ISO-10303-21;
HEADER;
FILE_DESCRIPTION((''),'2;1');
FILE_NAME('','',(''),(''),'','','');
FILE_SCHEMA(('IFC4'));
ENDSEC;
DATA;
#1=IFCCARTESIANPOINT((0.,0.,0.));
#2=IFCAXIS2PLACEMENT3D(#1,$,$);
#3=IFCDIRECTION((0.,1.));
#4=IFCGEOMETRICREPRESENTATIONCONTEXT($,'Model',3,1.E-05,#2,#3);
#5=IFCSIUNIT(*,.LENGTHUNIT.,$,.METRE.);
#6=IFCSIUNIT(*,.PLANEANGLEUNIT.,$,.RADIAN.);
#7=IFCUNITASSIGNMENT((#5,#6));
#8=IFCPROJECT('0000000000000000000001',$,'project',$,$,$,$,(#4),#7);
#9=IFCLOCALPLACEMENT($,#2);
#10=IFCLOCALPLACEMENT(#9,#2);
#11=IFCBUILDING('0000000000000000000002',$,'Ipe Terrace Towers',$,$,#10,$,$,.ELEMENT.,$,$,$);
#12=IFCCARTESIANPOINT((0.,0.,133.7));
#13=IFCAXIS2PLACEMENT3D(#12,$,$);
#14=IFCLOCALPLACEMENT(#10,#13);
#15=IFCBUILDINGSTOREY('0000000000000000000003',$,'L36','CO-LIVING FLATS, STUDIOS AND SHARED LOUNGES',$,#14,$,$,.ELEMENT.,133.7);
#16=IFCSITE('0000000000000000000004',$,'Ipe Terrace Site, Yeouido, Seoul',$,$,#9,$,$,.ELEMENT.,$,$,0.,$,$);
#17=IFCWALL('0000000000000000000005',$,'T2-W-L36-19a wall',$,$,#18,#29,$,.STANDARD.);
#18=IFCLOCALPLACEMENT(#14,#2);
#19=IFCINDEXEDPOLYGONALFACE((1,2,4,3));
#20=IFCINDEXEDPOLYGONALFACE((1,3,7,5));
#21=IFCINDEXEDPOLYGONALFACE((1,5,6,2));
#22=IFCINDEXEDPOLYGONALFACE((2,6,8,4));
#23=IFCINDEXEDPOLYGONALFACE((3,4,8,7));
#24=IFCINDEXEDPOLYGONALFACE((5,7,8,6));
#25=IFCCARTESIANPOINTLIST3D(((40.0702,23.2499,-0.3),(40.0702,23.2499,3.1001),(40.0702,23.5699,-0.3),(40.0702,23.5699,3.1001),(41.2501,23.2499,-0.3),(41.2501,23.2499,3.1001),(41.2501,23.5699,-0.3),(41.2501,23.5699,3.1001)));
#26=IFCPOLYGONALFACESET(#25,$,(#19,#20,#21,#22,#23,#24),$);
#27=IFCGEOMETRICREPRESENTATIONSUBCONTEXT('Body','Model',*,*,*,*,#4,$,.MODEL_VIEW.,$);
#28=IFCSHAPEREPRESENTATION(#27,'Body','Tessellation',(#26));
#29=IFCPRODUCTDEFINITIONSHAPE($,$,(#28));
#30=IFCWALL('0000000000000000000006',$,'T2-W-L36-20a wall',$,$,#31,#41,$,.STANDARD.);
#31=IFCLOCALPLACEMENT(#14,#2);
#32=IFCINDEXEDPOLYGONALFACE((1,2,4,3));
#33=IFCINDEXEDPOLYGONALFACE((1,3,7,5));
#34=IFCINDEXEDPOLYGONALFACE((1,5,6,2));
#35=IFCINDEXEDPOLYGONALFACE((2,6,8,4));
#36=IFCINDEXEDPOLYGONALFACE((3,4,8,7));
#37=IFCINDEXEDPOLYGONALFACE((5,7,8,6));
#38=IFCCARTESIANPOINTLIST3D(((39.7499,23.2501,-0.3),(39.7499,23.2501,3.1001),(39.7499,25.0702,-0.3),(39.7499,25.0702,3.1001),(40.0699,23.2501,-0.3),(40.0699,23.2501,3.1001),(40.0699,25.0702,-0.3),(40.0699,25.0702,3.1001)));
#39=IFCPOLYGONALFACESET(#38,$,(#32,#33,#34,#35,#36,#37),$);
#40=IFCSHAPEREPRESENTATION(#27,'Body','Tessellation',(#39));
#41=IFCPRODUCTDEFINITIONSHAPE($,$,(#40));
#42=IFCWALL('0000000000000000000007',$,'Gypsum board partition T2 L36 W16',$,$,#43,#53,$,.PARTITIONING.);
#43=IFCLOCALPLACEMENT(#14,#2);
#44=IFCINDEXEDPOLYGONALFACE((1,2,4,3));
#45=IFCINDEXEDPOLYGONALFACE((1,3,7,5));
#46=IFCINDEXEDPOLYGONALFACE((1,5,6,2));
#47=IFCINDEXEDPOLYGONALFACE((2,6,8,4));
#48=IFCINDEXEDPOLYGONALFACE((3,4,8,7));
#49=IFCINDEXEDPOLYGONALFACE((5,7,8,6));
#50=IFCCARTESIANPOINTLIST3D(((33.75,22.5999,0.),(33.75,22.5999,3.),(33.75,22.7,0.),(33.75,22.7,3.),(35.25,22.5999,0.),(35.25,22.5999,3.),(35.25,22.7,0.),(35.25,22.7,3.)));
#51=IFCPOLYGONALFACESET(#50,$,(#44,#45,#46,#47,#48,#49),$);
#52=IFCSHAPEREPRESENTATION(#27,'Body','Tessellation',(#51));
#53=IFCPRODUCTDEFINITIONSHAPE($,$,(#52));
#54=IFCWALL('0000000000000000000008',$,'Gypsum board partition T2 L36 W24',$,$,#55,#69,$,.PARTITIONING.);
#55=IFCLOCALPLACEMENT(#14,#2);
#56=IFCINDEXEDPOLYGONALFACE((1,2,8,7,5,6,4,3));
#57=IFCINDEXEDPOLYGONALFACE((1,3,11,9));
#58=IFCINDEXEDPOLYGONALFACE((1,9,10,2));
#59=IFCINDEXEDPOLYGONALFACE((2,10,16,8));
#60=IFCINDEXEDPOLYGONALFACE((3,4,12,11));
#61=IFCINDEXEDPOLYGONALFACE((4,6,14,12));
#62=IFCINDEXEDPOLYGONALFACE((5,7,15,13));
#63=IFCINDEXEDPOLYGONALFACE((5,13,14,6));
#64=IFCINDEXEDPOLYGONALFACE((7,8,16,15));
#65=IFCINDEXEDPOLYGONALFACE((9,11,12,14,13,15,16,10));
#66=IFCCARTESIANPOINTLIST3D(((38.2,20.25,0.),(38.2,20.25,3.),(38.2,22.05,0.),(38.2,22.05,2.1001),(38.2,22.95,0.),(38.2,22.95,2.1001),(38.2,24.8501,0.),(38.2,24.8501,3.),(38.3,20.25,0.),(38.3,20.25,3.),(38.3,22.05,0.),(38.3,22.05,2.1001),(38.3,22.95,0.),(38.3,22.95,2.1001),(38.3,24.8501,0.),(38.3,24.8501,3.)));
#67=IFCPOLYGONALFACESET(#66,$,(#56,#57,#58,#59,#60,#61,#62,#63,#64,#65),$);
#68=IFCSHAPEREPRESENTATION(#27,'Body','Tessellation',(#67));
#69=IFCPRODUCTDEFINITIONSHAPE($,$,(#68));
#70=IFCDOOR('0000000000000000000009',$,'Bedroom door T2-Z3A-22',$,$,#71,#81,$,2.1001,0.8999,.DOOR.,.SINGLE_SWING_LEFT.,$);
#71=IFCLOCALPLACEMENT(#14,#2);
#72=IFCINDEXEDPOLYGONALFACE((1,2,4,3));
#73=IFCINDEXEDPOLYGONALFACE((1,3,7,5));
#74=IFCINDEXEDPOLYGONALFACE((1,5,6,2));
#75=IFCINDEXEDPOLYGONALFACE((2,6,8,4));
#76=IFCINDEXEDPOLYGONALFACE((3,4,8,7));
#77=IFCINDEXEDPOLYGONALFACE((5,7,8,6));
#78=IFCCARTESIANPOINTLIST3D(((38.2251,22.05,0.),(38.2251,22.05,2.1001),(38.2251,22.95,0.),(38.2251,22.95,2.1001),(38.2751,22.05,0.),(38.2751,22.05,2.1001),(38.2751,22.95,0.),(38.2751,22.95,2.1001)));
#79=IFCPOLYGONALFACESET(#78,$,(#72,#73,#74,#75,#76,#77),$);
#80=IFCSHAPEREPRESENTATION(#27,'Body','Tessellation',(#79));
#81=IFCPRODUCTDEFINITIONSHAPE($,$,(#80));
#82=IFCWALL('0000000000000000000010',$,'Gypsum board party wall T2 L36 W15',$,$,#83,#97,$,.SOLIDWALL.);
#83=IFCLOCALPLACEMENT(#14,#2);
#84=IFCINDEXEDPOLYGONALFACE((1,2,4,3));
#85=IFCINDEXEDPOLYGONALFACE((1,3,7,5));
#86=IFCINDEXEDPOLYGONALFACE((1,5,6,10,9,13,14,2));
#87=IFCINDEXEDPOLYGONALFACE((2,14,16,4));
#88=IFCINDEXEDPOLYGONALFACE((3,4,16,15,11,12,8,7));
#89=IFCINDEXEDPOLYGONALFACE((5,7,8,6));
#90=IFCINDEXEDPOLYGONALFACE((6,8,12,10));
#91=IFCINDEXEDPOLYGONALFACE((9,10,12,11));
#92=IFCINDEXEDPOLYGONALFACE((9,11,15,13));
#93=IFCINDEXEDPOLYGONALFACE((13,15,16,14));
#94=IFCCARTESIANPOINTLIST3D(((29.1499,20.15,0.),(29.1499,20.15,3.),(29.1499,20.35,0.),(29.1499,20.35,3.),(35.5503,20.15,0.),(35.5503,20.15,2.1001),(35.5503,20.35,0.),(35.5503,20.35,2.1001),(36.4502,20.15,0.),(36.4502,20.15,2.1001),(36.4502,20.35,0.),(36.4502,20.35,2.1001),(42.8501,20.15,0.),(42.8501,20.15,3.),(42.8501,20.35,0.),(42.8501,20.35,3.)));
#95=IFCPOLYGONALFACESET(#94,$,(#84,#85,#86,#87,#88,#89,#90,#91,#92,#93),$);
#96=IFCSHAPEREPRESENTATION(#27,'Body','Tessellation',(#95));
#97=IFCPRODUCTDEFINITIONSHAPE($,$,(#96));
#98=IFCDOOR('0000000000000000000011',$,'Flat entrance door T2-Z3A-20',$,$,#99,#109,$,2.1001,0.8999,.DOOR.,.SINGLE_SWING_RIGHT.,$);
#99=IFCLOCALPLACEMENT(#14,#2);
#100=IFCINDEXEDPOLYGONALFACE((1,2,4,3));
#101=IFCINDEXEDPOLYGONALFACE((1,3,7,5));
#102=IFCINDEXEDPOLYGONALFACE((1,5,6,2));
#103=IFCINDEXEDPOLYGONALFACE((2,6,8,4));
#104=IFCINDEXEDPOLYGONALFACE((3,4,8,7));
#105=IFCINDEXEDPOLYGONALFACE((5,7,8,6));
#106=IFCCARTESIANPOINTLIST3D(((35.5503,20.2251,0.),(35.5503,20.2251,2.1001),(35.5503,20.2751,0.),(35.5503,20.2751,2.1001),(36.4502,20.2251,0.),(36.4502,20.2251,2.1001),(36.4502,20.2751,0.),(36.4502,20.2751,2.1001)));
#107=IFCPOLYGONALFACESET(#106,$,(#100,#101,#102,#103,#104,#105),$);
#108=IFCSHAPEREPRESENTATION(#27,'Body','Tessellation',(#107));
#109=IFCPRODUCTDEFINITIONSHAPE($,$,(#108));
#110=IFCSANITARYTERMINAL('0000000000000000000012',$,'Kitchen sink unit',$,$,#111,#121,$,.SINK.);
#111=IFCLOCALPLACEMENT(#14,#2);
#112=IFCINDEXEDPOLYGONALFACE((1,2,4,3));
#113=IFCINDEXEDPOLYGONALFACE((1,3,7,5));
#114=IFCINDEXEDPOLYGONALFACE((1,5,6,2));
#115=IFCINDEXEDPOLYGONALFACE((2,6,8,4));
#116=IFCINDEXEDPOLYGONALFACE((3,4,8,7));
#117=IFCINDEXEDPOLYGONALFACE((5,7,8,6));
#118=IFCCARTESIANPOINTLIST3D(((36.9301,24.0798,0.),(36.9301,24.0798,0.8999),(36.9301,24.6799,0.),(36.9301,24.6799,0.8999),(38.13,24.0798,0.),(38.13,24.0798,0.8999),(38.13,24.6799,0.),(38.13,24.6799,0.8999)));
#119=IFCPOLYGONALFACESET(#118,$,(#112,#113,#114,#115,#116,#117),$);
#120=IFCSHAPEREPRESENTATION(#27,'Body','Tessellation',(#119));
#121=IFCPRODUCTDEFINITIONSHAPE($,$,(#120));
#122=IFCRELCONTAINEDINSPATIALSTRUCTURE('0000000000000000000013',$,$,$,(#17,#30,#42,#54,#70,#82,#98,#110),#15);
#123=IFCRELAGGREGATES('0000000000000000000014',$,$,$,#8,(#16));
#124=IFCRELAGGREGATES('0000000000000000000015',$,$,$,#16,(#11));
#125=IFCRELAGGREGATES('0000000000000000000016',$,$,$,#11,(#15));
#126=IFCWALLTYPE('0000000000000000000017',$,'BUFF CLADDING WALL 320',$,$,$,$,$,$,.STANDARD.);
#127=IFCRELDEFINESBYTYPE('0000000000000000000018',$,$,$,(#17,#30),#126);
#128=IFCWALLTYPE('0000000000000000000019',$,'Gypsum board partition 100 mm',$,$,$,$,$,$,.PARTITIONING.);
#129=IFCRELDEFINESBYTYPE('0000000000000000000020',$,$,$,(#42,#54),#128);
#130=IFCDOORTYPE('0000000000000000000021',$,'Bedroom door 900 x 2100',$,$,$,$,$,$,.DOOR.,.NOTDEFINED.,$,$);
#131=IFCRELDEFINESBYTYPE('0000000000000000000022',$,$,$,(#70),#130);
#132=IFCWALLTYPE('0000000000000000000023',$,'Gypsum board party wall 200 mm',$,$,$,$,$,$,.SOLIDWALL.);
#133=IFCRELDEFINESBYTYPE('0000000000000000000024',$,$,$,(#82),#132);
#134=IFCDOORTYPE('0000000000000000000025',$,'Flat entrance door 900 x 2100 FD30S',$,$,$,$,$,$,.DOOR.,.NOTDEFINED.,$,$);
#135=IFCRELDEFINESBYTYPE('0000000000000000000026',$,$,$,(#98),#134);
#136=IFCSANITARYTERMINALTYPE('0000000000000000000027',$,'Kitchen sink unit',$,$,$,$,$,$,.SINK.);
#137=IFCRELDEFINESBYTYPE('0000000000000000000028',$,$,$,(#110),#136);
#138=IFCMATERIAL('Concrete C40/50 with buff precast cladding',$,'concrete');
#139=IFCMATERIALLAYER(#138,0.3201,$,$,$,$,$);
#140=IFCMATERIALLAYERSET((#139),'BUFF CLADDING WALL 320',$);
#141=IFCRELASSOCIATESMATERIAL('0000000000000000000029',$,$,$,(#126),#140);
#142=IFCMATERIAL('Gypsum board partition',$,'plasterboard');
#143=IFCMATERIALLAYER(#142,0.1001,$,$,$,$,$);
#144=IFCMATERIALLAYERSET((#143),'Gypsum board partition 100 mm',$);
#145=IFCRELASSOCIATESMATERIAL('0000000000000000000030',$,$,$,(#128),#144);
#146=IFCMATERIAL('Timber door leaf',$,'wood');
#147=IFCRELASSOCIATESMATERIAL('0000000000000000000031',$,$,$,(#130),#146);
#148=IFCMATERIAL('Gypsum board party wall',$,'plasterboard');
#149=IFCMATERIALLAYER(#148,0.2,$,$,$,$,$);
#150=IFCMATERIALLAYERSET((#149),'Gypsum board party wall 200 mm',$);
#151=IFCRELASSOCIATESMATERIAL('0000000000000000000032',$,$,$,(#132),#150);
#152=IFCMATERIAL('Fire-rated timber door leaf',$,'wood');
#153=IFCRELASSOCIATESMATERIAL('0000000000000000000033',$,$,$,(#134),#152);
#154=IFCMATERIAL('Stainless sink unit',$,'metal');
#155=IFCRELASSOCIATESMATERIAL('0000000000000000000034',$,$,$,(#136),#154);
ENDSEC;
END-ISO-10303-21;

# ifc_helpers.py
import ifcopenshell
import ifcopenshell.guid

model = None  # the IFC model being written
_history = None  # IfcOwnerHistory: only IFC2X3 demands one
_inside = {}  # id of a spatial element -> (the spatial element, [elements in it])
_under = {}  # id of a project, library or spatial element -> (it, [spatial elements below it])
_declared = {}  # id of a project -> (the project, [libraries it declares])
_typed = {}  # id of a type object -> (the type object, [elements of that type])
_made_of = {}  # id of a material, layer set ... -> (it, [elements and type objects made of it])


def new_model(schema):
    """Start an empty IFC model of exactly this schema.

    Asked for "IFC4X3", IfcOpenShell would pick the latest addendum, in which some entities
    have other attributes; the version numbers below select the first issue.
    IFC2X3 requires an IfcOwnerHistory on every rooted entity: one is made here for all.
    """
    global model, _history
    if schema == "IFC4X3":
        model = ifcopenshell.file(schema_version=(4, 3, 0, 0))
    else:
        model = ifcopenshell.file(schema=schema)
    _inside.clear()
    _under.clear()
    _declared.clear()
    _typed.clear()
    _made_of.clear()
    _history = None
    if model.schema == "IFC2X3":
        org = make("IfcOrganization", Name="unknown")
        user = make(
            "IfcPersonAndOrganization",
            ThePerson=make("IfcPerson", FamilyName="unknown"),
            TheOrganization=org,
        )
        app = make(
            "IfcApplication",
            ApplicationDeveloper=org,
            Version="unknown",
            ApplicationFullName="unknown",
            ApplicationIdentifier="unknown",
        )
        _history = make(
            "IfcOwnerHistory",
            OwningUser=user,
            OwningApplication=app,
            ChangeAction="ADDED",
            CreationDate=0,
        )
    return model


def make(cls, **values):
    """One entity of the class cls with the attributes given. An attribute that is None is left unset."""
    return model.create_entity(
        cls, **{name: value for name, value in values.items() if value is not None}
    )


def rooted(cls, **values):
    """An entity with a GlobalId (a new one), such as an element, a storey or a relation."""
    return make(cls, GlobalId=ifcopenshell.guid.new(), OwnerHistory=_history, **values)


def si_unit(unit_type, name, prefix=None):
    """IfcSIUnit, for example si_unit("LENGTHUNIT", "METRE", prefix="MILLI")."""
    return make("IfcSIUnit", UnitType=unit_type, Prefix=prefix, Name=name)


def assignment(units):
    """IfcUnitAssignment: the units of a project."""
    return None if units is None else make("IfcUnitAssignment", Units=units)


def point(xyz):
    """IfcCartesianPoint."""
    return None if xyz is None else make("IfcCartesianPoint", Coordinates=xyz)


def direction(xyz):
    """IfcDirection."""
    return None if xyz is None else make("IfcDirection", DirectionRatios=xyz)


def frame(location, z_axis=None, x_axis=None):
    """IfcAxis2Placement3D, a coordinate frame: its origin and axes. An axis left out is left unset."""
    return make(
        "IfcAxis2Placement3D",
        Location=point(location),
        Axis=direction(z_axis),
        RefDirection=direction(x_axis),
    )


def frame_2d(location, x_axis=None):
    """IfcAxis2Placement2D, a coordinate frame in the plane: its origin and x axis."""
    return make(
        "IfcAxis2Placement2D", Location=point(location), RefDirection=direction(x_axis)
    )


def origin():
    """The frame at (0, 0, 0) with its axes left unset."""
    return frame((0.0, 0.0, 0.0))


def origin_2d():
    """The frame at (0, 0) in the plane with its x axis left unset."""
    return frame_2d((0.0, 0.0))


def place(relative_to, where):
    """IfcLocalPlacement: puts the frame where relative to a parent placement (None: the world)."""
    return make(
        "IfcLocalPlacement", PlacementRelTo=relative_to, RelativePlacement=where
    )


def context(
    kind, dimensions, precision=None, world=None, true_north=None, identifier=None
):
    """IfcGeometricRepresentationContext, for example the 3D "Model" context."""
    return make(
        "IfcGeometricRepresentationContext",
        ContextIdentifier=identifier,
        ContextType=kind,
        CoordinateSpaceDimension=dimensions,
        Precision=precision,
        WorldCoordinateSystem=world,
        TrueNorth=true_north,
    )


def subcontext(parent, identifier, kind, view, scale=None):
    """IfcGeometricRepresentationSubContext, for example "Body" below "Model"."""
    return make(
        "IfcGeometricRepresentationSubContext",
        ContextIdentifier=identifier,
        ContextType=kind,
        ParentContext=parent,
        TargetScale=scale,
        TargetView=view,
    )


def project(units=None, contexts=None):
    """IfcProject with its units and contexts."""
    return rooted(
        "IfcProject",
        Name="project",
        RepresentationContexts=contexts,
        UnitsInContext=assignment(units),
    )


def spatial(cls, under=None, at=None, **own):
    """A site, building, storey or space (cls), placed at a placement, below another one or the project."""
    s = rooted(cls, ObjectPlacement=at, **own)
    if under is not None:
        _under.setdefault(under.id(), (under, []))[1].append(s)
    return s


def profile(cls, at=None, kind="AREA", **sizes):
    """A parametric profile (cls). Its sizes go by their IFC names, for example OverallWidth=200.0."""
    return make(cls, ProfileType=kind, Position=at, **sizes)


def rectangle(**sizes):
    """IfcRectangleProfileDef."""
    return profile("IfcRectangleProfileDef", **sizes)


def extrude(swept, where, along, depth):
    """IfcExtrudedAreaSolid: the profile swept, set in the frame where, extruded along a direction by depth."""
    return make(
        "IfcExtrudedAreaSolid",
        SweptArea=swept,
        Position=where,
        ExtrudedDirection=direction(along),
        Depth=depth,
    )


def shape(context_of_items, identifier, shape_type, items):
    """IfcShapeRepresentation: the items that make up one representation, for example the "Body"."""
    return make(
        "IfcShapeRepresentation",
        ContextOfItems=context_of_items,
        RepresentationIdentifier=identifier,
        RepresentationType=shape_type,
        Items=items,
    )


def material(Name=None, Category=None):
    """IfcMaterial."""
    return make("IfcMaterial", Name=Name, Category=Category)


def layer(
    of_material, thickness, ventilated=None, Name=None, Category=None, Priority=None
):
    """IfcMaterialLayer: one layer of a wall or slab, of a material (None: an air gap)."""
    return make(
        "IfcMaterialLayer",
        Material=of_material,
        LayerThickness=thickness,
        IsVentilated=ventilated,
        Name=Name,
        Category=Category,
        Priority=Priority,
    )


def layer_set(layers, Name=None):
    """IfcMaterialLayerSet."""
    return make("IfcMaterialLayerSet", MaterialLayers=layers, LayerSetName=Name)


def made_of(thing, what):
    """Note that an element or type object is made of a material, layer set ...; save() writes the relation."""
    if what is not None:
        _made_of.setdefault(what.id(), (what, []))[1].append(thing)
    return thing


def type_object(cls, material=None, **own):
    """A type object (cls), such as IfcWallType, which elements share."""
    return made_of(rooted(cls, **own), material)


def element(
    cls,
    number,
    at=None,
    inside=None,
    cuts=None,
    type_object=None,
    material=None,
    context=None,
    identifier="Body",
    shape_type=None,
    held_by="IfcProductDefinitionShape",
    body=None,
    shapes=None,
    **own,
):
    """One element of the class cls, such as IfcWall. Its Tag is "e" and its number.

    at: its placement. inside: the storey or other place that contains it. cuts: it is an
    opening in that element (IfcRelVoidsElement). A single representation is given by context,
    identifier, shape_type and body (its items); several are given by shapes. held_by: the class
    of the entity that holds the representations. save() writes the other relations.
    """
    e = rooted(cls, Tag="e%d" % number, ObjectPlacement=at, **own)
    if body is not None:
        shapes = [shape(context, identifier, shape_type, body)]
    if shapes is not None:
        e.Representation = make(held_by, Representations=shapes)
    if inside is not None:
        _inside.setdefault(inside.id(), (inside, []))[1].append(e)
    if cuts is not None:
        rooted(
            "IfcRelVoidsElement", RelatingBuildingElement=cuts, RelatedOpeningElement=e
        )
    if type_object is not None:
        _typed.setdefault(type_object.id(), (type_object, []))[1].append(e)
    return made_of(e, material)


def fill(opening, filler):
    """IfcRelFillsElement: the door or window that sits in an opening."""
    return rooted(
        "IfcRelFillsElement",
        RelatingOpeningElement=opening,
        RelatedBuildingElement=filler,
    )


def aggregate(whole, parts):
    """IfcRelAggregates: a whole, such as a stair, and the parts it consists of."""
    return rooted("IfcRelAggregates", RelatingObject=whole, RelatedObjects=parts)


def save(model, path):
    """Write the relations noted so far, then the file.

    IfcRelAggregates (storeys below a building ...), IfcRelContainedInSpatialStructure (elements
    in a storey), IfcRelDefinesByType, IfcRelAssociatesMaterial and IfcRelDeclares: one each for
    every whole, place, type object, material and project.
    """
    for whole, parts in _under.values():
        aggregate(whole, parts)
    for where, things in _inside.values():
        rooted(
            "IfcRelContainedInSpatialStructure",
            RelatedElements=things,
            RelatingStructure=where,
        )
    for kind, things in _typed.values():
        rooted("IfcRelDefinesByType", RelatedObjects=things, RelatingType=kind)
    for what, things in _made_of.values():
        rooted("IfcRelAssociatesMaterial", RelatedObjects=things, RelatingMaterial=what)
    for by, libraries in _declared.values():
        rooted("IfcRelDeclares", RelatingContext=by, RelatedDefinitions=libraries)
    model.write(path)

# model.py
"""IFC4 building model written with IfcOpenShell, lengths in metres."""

from ifc_helpers import new_model, si_unit, direction, frame, frame_2d, origin, origin_2d, place, context, subcontext, project, spatial, rectangle, extrude, material, layer, layer_set, type_object, element, fill, save


model = new_model("IFC4")

# Units and contexts
model_context = context("Model", 3, precision=1e-05, world=origin(), true_north=direction((0.0, 1.0)))
body_context = subcontext(model_context, "Body", "Model", "MODEL_VIEW")
ifc_project = project(units=[si_unit("LENGTHUNIT", "METRE"), si_unit("PLANEANGLEUNIT", "RADIAN")], contexts=[model_context])

# Site, building, storey
site_placement = place(None, origin())
site = spatial("IfcSite", under=ifc_project, at=site_placement, Name="Ipe Terrace Site, Yeouido, Seoul", CompositionType="ELEMENT", RefElevation=0.0)
building_placement = place(site_placement, origin())
building = spatial("IfcBuilding", under=site, at=building_placement, Name="Ipe Terrace Towers", CompositionType="ELEMENT")
storey_placement = place(building_placement, frame((0.0, 0.0, 133.7)))
storey = spatial("IfcBuildingStorey", under=building, at=storey_placement, Name="L36", Description="CO-LIVING FLATS, STUDIOS AND SHARED LOUNGES", CompositionType="ELEMENT", Elevation=133.7)

# Shared definitions
ifc_material_1 = material(Name="Concrete C40/50 with buff precast cladding", Category="concrete")
ifc_layer_1 = layer(ifc_material_1, 0.3201)
ifc_layer_set_1 = layer_set([ifc_layer_1], Name="BUFF CLADDING WALL 320")
wall_type_1 = type_object("IfcWallType", Name="BUFF CLADDING WALL 320", PredefinedType="STANDARD", material=ifc_layer_set_1)

# Walls
wall_1_placement = place(storey_placement, frame((41.25, 23.4099, -0.3), z_axis=(0.0, 0.0, 1.0), x_axis=(-1.0, 0.0, 0.0)))
element("IfcWall", 1, at=wall_1_placement, inside=storey, type_object=wall_type_1, Name="T2-W-L36-19a wall", PredefinedType="STANDARD", context=body_context, shape_type="SweptSolid", body=[
    extrude(rectangle(XDim=1.1799, YDim=0.3201, at=frame_2d((0.5898, 0.0))), origin(), (0.0, 0.0, 1.0), 3.4001),
])
wall_2_placement = place(storey_placement, frame((39.9099, 23.25, -0.3), z_axis=(0.0, 0.0, 1.0), x_axis=(0.0, 1.0, 0.0)))
element("IfcWall", 2, at=wall_2_placement, inside=storey, type_object=wall_type_1, Name="T2-W-L36-20a wall", PredefinedType="STANDARD", context=body_context, shape_type="SweptSolid", body=[
    extrude(rectangle(XDim=1.8201, YDim=0.3201, at=frame_2d((0.9102, 0.0))), origin(), (0.0, 0.0, 1.0), 3.4001),
])
ifc_material_2 = material(Name="Gypsum board partition", Category="plasterboard")
ifc_layer_2 = layer(ifc_material_2, 0.1001)
ifc_layer_set_2 = layer_set([ifc_layer_2], Name="Gypsum board partition 100 mm")
wall_type_2 = type_object("IfcWallType", Name="Gypsum board partition 100 mm", PredefinedType="PARTITIONING", material=ifc_layer_set_2)
wall_3_placement = place(storey_placement, frame((35.25, 22.6499, 0.0), z_axis=(0.0, 0.0, 1.0), x_axis=(-1.0, 0.0, 0.0)))
element("IfcWall", 3, at=wall_3_placement, inside=storey, type_object=wall_type_2, Name="Gypsum board partition T2 L36 W16", PredefinedType="PARTITIONING", context=body_context, shape_type="SweptSolid", body=[
    extrude(rectangle(XDim=1.5, YDim=0.1001, at=frame_2d((0.75, 0.0))), origin(), (0.0, 0.0, 1.0), 3.0),
])

# Walls, openings, doors
wall_4_placement = place(storey_placement, frame((38.25, 20.25, 0.0), z_axis=(0.0, 0.0, 1.0), x_axis=(0.0, 1.0, 0.0)))
wall_4 = element("IfcWall", 4, at=wall_4_placement, inside=storey, type_object=wall_type_2, Name="Gypsum board partition T2 L36 W24", PredefinedType="PARTITIONING", context=body_context, shape_type="SweptSolid", body=[
    extrude(rectangle(XDim=4.6001, YDim=0.1001, at=frame_2d((2.3, 0.0))), origin(), (0.0, 0.0, 1.0), 3.0),
])
opening_1_placement = place(wall_4_placement, frame((1.8, 0.0, 0.0)))
opening_1 = element("IfcOpeningElement", 5, at=opening_1_placement, cuts=wall_4, PredefinedType="OPENING", context=body_context, shape_type="SweptSolid", body=[
    extrude(rectangle(XDim=0.8999, YDim=2.1001, at=frame_2d((0.45, 1.05))), frame((0.0, 0.0601, 0.0), z_axis=(0.0, -1.0, 0.0), x_axis=(1.0, 0.0, 0.0)), (0.0, 0.0, 1.0), 0.1201),
])
ifc_material_3 = material(Name="Timber door leaf", Category="wood")
door_type_1 = type_object("IfcDoorType", Name="Bedroom door 900 x 2100", OperationType="NOTDEFINED", PredefinedType="DOOR", material=ifc_material_3)
door_1_placement = place(opening_1_placement, origin())
door_1 = element("IfcDoor", 6, at=door_1_placement, inside=storey, type_object=door_type_1, Name="Bedroom door T2-Z3A-22", OperationType="SINGLE_SWING_LEFT", OverallHeight=2.1001, OverallWidth=0.8999, PredefinedType="DOOR", context=body_context, shape_type="SweptSolid", body=[
    extrude(rectangle(XDim=0.8999, YDim=2.1001, at=frame_2d((0.45, 1.05))), frame((0.0, 0.0249, 0.0), z_axis=(0.0, -1.0, 0.0), x_axis=(1.0, 0.0, 0.0)), (0.0, 0.0, 1.0), 0.05),
])
fill(opening_1, door_1)
ifc_material_4 = material(Name="Gypsum board party wall", Category="plasterboard")
ifc_layer_3 = layer(ifc_material_4, 0.2)
ifc_layer_set_3 = layer_set([ifc_layer_3], Name="Gypsum board party wall 200 mm")
wall_type_3 = type_object("IfcWallType", Name="Gypsum board party wall 200 mm", PredefinedType="SOLIDWALL", material=ifc_layer_set_3)
wall_5_placement = place(storey_placement, frame((42.8501, 20.25, 0.0), z_axis=(0.0, 0.0, 1.0), x_axis=(-1.0, 0.0, 0.0)))
wall_5 = element("IfcWall", 7, at=wall_5_placement, inside=storey, type_object=wall_type_3, Name="Gypsum board party wall T2 L36 W15", PredefinedType="SOLIDWALL", context=body_context, shape_type="SweptSolid", body=[
    extrude(rectangle(XDim=13.7002, YDim=0.2, at=frame_2d((6.8501, 0.0))), origin(), (0.0, 0.0, 1.0), 3.0),
])
opening_2_placement = place(wall_5_placement, frame((6.3999, 0.0, 0.0)))
opening_2 = element("IfcOpeningElement", 8, at=opening_2_placement, cuts=wall_5, PredefinedType="OPENING", context=body_context, shape_type="SweptSolid", body=[
    extrude(rectangle(XDim=0.8999, YDim=2.1001, at=frame_2d((0.45, 1.05))), frame((0.0, 0.1099, 0.0), z_axis=(0.0, -1.0, 0.0), x_axis=(1.0, 0.0, 0.0)), (0.0, 0.0, 1.0), 0.22),
])
ifc_material_5 = material(Name="Fire-rated timber door leaf", Category="wood")
door_type_2 = type_object("IfcDoorType", Name="Flat entrance door 900 x 2100 FD30S", OperationType="NOTDEFINED", PredefinedType="DOOR", material=ifc_material_5)
door_2_placement = place(opening_2_placement, origin())
door_2 = element("IfcDoor", 9, at=door_2_placement, inside=storey, type_object=door_type_2, Name="Flat entrance door T2-Z3A-20", OperationType="SINGLE_SWING_RIGHT", OverallHeight=2.1001, OverallWidth=0.8999, PredefinedType="DOOR", context=body_context, shape_type="SweptSolid", body=[
    extrude(rectangle(XDim=0.8999, YDim=2.1001, at=frame_2d((0.45, 1.05))), frame((0.0, 0.0249, 0.0), z_axis=(0.0, -1.0, 0.0), x_axis=(1.0, 0.0, 0.0)), (0.0, 0.0, 1.0), 0.05),
])
fill(opening_2, door_2)

# Sanitary terminal
ifc_material_6 = material(Name="Stainless sink unit", Category="metal")
sanitary_terminal_type = type_object("IfcSanitaryTerminalType", Name="Kitchen sink unit", PredefinedType="SINK", material=ifc_material_6)
sanitary_terminal_placement = place(storey_placement, frame((37.53, 24.3799, 0.0), z_axis=(0.0, 0.0, 1.0), x_axis=(1.0, 0.0, 0.0)))
element("IfcSanitaryTerminal", 10, at=sanitary_terminal_placement, inside=storey, type_object=sanitary_terminal_type, Name="Kitchen sink unit", PredefinedType="SINK", context=body_context, shape_type="SweptSolid", body=[
    extrude(rectangle(XDim=1.2, YDim=0.6001, at=origin_2d()), origin(), (0.0, 0.0, 1.0), 0.8999),
])

save(model, "model.ifc")
